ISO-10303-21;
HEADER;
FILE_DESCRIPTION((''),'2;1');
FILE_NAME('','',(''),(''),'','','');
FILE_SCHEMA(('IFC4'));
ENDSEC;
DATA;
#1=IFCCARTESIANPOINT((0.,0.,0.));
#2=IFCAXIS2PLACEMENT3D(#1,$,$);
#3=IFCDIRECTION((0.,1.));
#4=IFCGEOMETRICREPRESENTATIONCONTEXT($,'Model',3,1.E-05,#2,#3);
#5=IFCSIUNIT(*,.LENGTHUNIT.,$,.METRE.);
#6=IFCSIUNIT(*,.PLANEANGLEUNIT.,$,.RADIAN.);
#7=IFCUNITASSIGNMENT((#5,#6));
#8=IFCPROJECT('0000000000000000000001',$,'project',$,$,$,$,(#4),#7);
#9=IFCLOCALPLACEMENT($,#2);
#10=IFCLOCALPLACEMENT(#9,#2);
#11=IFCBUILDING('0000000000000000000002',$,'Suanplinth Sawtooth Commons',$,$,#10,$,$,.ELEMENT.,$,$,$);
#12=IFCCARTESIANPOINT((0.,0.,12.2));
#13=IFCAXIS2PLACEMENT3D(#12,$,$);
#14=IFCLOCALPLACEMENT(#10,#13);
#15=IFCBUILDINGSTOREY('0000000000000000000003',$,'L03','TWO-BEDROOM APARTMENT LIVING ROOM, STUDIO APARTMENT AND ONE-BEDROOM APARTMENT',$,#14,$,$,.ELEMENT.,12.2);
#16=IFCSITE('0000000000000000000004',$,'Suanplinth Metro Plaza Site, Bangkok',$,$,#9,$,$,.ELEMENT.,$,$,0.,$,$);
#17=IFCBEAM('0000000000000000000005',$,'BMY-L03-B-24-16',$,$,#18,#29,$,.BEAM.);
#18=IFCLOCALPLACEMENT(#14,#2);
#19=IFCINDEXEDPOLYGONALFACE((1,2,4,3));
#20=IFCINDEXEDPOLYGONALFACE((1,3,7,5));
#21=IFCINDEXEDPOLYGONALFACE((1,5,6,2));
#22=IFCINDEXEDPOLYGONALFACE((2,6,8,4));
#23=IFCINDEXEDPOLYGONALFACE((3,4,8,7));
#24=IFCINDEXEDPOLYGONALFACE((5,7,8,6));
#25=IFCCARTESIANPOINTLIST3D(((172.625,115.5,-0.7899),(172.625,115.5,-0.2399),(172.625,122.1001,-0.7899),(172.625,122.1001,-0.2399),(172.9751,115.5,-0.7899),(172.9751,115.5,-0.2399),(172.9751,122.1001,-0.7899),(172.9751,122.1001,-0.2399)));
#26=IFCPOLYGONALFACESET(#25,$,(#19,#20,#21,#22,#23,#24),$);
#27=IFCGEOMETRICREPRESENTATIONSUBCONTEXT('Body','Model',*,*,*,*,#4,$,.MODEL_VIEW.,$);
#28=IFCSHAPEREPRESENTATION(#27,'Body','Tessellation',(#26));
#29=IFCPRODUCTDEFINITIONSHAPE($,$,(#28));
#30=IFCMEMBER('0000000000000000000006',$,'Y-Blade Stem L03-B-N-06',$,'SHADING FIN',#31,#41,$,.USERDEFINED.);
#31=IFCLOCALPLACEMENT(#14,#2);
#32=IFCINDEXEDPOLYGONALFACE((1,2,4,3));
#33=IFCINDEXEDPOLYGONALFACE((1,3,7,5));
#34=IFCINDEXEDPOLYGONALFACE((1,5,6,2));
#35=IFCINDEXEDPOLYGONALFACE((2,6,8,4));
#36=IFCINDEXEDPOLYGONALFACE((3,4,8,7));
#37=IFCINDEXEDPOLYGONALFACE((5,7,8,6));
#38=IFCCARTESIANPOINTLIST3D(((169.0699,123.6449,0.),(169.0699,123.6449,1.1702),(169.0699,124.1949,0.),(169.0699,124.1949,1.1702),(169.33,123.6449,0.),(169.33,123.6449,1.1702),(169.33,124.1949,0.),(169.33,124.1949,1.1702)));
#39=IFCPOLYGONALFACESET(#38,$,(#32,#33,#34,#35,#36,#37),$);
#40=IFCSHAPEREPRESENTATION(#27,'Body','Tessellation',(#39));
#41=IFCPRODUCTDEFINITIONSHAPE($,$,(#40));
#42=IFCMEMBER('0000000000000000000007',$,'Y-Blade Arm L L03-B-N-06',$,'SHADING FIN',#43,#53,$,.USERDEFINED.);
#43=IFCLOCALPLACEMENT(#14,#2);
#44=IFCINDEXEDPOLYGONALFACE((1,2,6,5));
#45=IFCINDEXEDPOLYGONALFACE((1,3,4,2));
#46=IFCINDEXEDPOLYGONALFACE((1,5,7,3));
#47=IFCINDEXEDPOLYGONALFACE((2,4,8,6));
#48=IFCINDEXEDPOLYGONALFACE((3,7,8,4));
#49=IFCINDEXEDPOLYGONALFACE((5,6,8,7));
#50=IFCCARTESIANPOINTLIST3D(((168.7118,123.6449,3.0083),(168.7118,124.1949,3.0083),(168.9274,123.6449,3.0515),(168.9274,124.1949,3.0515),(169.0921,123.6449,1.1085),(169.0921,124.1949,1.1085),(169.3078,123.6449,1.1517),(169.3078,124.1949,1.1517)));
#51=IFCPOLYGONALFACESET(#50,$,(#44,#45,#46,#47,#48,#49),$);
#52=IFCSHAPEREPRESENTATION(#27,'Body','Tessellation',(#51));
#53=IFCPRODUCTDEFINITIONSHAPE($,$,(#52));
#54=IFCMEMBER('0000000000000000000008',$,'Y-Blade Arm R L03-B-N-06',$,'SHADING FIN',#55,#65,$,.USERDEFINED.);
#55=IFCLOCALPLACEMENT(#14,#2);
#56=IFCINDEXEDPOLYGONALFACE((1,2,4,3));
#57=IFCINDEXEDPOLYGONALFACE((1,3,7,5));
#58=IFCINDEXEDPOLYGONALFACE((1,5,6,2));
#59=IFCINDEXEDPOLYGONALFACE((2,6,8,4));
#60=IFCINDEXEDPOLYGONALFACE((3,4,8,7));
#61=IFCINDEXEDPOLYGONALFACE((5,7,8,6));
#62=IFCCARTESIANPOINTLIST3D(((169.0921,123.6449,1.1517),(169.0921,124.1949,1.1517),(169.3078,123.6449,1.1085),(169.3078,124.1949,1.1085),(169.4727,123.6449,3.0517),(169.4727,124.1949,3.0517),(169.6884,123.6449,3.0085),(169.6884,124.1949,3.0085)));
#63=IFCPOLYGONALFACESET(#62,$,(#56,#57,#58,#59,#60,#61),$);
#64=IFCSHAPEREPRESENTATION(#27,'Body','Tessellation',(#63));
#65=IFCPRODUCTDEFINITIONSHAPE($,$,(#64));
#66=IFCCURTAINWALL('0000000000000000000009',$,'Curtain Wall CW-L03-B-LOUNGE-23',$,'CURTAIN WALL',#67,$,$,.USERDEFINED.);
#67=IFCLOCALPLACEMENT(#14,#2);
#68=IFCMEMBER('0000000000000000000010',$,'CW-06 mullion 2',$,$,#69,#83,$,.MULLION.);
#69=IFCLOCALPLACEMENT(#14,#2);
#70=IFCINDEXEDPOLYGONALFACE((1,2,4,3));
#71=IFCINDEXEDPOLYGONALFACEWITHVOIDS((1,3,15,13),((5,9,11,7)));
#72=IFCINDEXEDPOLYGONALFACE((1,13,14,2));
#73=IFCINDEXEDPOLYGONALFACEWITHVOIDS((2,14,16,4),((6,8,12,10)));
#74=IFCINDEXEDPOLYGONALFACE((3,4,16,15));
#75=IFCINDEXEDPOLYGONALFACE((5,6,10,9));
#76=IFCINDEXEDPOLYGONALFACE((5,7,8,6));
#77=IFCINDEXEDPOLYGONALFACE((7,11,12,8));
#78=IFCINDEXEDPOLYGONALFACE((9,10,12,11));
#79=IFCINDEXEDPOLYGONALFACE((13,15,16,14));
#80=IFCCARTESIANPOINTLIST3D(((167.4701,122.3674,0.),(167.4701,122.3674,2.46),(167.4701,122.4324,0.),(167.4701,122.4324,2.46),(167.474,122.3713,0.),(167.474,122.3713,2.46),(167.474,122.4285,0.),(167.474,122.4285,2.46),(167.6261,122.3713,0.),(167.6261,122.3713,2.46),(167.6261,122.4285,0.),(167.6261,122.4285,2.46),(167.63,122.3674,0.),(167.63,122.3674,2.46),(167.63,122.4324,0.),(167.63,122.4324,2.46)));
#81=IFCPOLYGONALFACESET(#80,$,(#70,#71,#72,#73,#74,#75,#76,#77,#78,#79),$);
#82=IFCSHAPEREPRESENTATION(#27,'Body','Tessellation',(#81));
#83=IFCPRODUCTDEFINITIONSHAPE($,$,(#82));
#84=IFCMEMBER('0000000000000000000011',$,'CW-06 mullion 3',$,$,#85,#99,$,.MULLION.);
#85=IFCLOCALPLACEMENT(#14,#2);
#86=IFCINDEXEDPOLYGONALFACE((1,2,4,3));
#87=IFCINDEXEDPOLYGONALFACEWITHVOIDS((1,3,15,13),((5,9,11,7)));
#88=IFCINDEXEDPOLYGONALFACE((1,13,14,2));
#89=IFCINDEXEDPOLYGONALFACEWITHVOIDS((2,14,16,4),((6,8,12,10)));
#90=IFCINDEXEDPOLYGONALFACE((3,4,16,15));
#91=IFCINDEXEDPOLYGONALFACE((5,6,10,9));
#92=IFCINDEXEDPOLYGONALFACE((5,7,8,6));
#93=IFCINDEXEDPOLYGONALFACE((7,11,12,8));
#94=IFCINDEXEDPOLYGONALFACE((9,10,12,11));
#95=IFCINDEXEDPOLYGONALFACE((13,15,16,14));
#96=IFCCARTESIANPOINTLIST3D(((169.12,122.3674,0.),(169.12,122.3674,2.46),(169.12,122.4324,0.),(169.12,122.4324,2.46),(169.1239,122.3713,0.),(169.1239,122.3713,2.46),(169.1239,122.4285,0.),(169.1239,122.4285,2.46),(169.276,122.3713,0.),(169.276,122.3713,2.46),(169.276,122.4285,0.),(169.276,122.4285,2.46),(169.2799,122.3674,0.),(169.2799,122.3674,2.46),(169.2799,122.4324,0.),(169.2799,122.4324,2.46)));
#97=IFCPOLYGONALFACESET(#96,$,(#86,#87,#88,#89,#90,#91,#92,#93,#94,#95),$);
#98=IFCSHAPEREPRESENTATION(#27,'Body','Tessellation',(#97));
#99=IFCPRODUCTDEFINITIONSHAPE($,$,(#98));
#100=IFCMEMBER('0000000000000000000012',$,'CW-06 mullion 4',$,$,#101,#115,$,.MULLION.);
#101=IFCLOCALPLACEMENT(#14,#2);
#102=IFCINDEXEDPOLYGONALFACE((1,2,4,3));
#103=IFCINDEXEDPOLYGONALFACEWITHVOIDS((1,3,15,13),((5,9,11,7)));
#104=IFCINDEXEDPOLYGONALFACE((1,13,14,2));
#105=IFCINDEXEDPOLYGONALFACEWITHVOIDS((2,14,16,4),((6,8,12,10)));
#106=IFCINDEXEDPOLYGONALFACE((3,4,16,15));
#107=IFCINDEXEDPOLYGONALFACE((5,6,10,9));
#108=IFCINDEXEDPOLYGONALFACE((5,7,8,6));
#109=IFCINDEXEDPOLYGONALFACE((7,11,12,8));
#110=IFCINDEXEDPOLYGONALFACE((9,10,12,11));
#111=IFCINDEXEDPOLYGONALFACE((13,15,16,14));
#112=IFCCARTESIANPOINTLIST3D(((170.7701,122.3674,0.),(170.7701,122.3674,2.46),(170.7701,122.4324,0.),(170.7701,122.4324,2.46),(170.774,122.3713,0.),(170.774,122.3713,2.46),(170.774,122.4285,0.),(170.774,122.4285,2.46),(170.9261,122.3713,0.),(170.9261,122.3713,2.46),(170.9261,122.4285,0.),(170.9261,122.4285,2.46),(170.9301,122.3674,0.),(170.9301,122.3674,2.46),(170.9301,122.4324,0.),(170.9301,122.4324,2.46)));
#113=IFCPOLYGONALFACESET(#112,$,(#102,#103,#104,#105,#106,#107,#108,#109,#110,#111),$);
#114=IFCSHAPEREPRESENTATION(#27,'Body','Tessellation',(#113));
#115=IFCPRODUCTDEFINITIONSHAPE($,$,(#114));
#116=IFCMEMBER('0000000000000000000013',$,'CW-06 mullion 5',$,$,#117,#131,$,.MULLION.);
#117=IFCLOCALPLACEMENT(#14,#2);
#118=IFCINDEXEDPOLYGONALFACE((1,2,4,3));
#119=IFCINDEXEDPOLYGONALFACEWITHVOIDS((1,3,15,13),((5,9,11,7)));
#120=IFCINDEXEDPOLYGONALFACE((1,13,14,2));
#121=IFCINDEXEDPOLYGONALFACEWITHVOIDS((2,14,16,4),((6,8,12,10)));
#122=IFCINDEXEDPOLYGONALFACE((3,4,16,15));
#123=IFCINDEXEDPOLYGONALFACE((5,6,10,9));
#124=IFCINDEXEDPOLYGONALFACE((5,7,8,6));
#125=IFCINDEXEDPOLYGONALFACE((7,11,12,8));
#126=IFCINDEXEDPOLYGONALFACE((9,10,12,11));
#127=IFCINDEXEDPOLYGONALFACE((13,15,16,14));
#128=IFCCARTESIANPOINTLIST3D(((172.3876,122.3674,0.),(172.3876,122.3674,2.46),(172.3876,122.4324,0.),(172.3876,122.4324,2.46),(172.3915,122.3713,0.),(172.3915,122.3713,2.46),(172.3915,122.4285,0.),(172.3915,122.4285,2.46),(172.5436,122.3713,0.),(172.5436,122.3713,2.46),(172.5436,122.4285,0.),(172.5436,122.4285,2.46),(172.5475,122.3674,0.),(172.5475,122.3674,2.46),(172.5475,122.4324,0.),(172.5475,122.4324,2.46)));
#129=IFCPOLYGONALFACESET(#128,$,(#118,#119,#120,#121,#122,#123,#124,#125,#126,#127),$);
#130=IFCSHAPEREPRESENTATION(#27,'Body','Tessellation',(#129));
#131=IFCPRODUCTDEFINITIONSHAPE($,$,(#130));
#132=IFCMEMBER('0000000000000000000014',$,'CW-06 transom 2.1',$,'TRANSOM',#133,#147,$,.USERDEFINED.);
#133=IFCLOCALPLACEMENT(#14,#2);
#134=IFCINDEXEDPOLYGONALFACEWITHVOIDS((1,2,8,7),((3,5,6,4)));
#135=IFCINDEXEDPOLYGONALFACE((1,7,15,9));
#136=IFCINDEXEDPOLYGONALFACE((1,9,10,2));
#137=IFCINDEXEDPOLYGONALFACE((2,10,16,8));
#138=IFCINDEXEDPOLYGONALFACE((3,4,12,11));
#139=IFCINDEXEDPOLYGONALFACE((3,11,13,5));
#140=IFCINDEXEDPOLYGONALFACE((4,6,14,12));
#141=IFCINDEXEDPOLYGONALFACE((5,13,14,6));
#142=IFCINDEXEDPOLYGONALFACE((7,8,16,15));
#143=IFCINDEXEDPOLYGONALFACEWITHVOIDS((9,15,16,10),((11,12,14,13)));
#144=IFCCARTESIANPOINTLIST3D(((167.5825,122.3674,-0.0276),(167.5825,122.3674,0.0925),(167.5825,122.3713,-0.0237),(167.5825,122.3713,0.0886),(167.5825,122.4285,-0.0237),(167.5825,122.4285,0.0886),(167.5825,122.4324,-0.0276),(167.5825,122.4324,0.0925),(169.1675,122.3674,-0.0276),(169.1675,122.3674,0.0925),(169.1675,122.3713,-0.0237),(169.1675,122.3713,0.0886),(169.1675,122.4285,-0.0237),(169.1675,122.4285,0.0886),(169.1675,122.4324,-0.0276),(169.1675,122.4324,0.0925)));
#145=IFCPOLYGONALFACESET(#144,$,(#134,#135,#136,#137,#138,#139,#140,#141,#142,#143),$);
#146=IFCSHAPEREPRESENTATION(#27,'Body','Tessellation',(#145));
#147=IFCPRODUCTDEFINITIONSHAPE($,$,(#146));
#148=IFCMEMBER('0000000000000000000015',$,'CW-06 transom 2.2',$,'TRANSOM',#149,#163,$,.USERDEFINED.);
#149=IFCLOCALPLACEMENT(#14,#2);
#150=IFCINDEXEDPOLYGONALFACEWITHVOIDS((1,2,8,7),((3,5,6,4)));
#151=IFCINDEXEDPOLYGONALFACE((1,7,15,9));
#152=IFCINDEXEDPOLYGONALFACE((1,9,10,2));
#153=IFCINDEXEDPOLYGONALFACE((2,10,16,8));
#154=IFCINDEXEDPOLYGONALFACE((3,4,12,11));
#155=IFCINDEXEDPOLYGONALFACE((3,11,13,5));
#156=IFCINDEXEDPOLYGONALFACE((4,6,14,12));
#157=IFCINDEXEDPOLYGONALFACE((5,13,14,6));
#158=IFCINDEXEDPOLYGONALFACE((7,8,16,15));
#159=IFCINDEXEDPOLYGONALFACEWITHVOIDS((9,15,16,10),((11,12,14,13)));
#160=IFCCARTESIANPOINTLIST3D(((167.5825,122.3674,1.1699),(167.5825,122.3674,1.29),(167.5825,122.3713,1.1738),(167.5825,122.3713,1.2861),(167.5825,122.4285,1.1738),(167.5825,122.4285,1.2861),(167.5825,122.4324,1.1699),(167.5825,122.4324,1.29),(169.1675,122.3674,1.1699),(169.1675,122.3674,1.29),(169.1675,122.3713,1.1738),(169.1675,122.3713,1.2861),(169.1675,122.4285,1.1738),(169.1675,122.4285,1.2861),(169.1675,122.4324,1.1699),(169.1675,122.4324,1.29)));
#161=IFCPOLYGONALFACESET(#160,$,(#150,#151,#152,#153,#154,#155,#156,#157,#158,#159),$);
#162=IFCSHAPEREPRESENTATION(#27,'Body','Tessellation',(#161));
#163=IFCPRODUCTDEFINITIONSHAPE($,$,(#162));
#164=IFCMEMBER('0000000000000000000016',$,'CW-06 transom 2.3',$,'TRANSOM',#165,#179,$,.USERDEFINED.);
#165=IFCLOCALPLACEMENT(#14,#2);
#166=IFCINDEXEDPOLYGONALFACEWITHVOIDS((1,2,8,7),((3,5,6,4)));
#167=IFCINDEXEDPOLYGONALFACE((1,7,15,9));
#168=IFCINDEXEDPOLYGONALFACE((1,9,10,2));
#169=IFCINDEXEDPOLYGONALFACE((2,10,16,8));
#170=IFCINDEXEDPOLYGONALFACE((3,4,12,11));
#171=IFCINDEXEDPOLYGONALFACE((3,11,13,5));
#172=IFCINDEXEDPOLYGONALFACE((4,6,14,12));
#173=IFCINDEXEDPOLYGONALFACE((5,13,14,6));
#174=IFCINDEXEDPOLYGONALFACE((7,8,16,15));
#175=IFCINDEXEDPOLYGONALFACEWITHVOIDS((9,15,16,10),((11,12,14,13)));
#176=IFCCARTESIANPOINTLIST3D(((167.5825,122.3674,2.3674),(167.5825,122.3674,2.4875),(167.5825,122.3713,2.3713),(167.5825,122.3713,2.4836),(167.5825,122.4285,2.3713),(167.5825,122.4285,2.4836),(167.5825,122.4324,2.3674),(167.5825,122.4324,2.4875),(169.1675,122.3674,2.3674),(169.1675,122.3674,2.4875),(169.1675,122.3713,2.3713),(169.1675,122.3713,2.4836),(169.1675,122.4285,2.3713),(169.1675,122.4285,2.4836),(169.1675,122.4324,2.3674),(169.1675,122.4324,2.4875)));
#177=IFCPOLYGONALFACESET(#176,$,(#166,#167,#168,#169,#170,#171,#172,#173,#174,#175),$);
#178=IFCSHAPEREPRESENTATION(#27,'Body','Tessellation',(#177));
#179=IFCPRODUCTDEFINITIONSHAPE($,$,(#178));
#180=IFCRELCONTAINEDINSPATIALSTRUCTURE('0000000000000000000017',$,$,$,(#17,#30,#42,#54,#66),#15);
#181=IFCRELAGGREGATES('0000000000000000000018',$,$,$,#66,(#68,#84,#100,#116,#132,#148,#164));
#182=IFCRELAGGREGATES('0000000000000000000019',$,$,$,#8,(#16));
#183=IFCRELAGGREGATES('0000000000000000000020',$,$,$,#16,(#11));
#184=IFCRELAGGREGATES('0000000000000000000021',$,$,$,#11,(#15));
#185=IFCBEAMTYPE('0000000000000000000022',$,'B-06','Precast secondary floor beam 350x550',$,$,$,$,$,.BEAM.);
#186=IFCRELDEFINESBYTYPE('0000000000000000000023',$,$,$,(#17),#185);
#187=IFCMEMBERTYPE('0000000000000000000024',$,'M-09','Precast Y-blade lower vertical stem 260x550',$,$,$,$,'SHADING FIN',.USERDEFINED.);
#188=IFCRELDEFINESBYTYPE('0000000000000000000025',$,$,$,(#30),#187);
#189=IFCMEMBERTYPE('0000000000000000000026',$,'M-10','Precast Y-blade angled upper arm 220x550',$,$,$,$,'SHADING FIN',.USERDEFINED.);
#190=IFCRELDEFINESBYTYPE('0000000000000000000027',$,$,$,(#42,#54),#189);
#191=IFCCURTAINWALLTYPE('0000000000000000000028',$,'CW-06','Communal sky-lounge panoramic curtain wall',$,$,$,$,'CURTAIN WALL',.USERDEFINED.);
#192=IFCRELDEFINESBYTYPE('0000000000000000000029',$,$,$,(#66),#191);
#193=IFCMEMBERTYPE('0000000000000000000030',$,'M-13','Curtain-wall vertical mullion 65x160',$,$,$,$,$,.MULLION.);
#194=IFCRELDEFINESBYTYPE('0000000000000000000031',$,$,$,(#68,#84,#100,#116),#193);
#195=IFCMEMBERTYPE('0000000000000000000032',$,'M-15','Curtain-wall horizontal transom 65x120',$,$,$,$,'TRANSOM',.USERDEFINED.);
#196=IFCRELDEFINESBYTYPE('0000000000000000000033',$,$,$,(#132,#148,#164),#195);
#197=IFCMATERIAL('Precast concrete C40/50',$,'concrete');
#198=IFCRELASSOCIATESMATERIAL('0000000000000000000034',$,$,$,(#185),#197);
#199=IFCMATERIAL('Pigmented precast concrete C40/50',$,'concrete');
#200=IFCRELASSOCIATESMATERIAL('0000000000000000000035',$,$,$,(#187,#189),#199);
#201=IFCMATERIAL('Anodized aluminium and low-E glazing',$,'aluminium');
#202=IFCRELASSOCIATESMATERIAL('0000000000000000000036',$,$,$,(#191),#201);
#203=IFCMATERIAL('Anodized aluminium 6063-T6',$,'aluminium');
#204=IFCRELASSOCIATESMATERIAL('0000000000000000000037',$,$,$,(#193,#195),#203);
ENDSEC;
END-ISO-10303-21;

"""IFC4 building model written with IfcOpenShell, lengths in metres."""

from ifc_helpers import new_model, si_unit, direction, frame, origin, origin_2d, place, context, subcontext, project, spatial, rectangle, hollow_rectangle, extrude, material, material_profile, profile_set, type_object, element, aggregate, save


model = new_model("IFC4")

# Units and contexts
model_context = context("Model", 3, precision=1e-05, world=origin(), true_north=direction((0.0, 1.0)))
body_context = subcontext(model_context, "Body", "Model", "MODEL_VIEW")
ifc_project = project(units=[si_unit("LENGTHUNIT", "METRE"), si_unit("PLANEANGLEUNIT", "RADIAN")], contexts=[model_context])

# Site, building, storey
site_placement = place(None, origin())
site = spatial("IfcSite", under=ifc_project, at=site_placement, Name="Suanplinth Metro Plaza Site, Bangkok", CompositionType="ELEMENT", RefElevation=0.0)
building_placement = place(site_placement, origin())
building = spatial("IfcBuilding", under=site, at=building_placement, Name="Suanplinth Sawtooth Commons", CompositionType="ELEMENT")
storey_placement = place(building_placement, frame((0.0, 0.0, 12.2)))
storey = spatial("IfcBuildingStorey", under=building, at=storey_placement, Name="L03", Description="TWO-BEDROOM APARTMENT LIVING ROOM, STUDIO APARTMENT AND ONE-BEDROOM APARTMENT", CompositionType="ELEMENT", Elevation=12.2)

# Beam
ifc_material_1 = material(Name="Precast concrete C40/50", Category="concrete")
ifc_material_profile_1 = material_profile(ifc_material_1, rectangle(XDim=0.3501, YDim=0.55, at=origin_2d()), Name="PC-BM 350x550")
ifc_profile_set_1 = profile_set([ifc_material_profile_1], Name="Precast concrete C40/50")
beam_type = type_object("IfcBeamType", Name="B-06", Description="Precast secondary floor beam 350x550", PredefinedType="BEAM", material=ifc_profile_set_1)
beam_placement = place(storey_placement, frame((172.8, 115.5, -0.5149), z_axis=(0.0, 1.0, 0.0), x_axis=(-1.0, 0.0, 0.0)))
element("IfcBeam", 1, at=beam_placement, inside=storey, type_object=beam_type, Name="BMY-L03-B-24-16", PredefinedType="BEAM", context=body_context, shape_type="SweptSolid", body=[
    extrude(rectangle(XDim=0.3501, YDim=0.55, at=origin_2d()), origin(), (0.0, 0.0, 1.0), 6.6001),
])

# Members
ifc_material_2 = material(Name="Pigmented precast concrete C40/50", Category="concrete")
ifc_material_profile_2 = material_profile(ifc_material_2, rectangle(XDim=0.26, YDim=0.55, at=origin_2d()), Name="PC-FIN 260x550")
ifc_profile_set_2 = profile_set([ifc_material_profile_2], Name="Pigmented precast concrete C40/50")
member_type_1 = type_object("IfcMemberType", Name="M-09", Description="Precast Y-blade lower vertical stem 260x550", ElementType="SHADING FIN", PredefinedType="USERDEFINED", material=ifc_profile_set_2)
member_1_placement = place(storey_placement, frame((169.2, 123.9199, 0.0), z_axis=(0.0, 0.0, 1.0), x_axis=(1.0, 0.0, 0.0)))
element("IfcMember", 2, at=member_1_placement, inside=storey, type_object=member_type_1, Name="Y-Blade Stem L03-B-N-06", ObjectType="SHADING FIN", PredefinedType="USERDEFINED", context=body_context, shape_type="SweptSolid", body=[
    extrude(rectangle(XDim=0.26, YDim=0.55, at=origin_2d()), origin(), (0.0, 0.0, 1.0), 1.1702),
])
ifc_material_profile_3 = material_profile(ifc_material_2, rectangle(XDim=0.22, YDim=0.55, at=origin_2d()), Name="PC-FIN 220x550")
ifc_profile_set_3 = profile_set([ifc_material_profile_3], Name="Pigmented precast concrete C40/50")
member_type_2 = type_object("IfcMemberType", Name="M-10", Description="Precast Y-blade angled upper arm 220x550", ElementType="SHADING FIN", PredefinedType="USERDEFINED", material=ifc_profile_set_3)
member_2_placement = place(storey_placement, frame((169.2, 123.9199, 1.1301), z_axis=(-0.19631, 0.0, 0.980542), x_axis=(0.980542, 0.0, 0.19631)))
element("IfcMember", 3, at=member_2_placement, inside=storey, type_object=member_type_2, Name="Y-Blade Arm L L03-B-N-06", ObjectType="SHADING FIN", PredefinedType="USERDEFINED", context=body_context, shape_type="SweptSolid", body=[
    extrude(rectangle(XDim=0.22, YDim=0.55, at=origin_2d()), origin(), (0.0, 0.0, 1.0), 1.9375),
])
member_3_placement = place(storey_placement, frame((169.2, 123.9199, 1.1301), z_axis=(0.196431, 0.0, 0.980518), x_axis=(-0.980518, 0.0, 0.196431)))
element("IfcMember", 4, at=member_3_placement, inside=storey, type_object=member_type_2, Name="Y-Blade Arm R L03-B-N-06", ObjectType="SHADING FIN", PredefinedType="USERDEFINED", context=body_context, shape_type="SweptSolid", body=[
    extrude(rectangle(XDim=0.22, YDim=0.55, at=origin_2d()), origin(), (0.0, 0.0, 1.0), 1.9377),
])

# Curtain wall, members
ifc_material_3 = material(Name="Anodized aluminium and low-E glazing", Category="aluminium")
curtain_wall_type = type_object("IfcCurtainWallType", Name="CW-06", Description="Communal sky-lounge panoramic curtain wall", ElementType="CURTAIN WALL", PredefinedType="USERDEFINED", material=ifc_material_3)
curtain_wall_placement = place(storey_placement, origin())
curtain_wall = element("IfcCurtainWall", 5, at=curtain_wall_placement, inside=storey, type_object=curtain_wall_type, Name="Curtain Wall CW-L03-B-LOUNGE-23", ObjectType="CURTAIN WALL", PredefinedType="USERDEFINED")
ifc_material_4 = material(Name="Anodized aluminium 6063-T6", Category="aluminium")
ifc_material_profile_4 = material_profile(ifc_material_4, hollow_rectangle(XDim=0.0649, YDim=0.1599, WallThickness=0.0039, at=origin_2d()), Name="ALU-MUL 65x160")
ifc_profile_set_4 = profile_set([ifc_material_profile_4], Name="Anodized aluminium 6063-T6")
member_type_3 = type_object("IfcMemberType", Name="M-13", Description="Curtain-wall vertical mullion 65x160", PredefinedType="MULLION", material=ifc_profile_set_4)
member_4_placement = place(storey_placement, frame((167.55, 122.3999, 0.0), z_axis=(0.0, 0.0, 1.0), x_axis=(0.0, 1.0, 0.0)))
member_4 = element("IfcMember", 6, at=member_4_placement, type_object=member_type_3, Name="CW-06 mullion 2", PredefinedType="MULLION", context=body_context, shape_type="SweptSolid", body=[
    extrude(hollow_rectangle(XDim=0.0649, YDim=0.1599, WallThickness=0.0039, at=origin_2d()), origin(), (0.0, 0.0, 1.0), 2.46),
])
member_5_placement = place(storey_placement, frame((169.2, 122.3999, 0.0), z_axis=(0.0, 0.0, 1.0), x_axis=(0.0, 1.0, 0.0)))
member_5 = element("IfcMember", 7, at=member_5_placement, type_object=member_type_3, Name="CW-06 mullion 3", PredefinedType="MULLION", context=body_context, shape_type="SweptSolid", body=[
    extrude(hollow_rectangle(XDim=0.0649, YDim=0.1599, WallThickness=0.0039, at=origin_2d()), origin(), (0.0, 0.0, 1.0), 2.46),
])
member_6_placement = place(storey_placement, frame((170.8501, 122.3999, 0.0), z_axis=(0.0, 0.0, 1.0), x_axis=(0.0, 1.0, 0.0)))
member_6 = element("IfcMember", 8, at=member_6_placement, type_object=member_type_3, Name="CW-06 mullion 4", PredefinedType="MULLION", context=body_context, shape_type="SweptSolid", body=[
    extrude(hollow_rectangle(XDim=0.0649, YDim=0.1599, WallThickness=0.0039, at=origin_2d()), origin(), (0.0, 0.0, 1.0), 2.46),
])
member_7_placement = place(storey_placement, frame((172.4675, 122.3999, 0.0), z_axis=(0.0, 0.0, 1.0), x_axis=(0.0, 1.0, 0.0)))
member_7 = element("IfcMember", 9, at=member_7_placement, type_object=member_type_3, Name="CW-06 mullion 5", PredefinedType="MULLION", context=body_context, shape_type="SweptSolid", body=[
    extrude(hollow_rectangle(XDim=0.0649, YDim=0.1599, WallThickness=0.0039, at=origin_2d()), origin(), (0.0, 0.0, 1.0), 2.46),
])
ifc_material_profile_5 = material_profile(ifc_material_4, hollow_rectangle(XDim=0.0649, YDim=0.1201, WallThickness=0.0039, at=origin_2d()), Name="ALU-TRN 65x120")
ifc_profile_set_5 = profile_set([ifc_material_profile_5], Name="Anodized aluminium 6063-T6")
member_type_4 = type_object("IfcMemberType", Name="M-15", Description="Curtain-wall horizontal transom 65x120", ElementType="TRANSOM", PredefinedType="USERDEFINED", material=ifc_profile_set_5)
member_8_placement = place(storey_placement, frame((167.5825, 122.3999, 0.0325), z_axis=(1.0, 0.0, 0.0), x_axis=(0.0, 1.0, 0.0)))
member_8 = element("IfcMember", 10, at=member_8_placement, type_object=member_type_4, Name="CW-06 transom 2.1", ObjectType="TRANSOM", PredefinedType="USERDEFINED", context=body_context, shape_type="SweptSolid", body=[
    extrude(hollow_rectangle(XDim=0.0649, YDim=0.1201, WallThickness=0.0039, at=origin_2d()), origin(), (0.0, 0.0, 1.0), 1.585),
])
member_9_placement = place(storey_placement, frame((167.5825, 122.3999, 1.23), z_axis=(1.0, 0.0, 0.0), x_axis=(0.0, 1.0, 0.0)))
member_9 = element("IfcMember", 11, at=member_9_placement, type_object=member_type_4, Name="CW-06 transom 2.2", ObjectType="TRANSOM", PredefinedType="USERDEFINED", context=body_context, shape_type="SweptSolid", body=[
    extrude(hollow_rectangle(XDim=0.0649, YDim=0.1201, WallThickness=0.0039, at=origin_2d()), origin(), (0.0, 0.0, 1.0), 1.585),
])
member_10_placement = place(storey_placement, frame((167.5825, 122.3999, 2.4275), z_axis=(1.0, 0.0, 0.0), x_axis=(0.0, 1.0, 0.0)))
member_10 = element("IfcMember", 12, at=member_10_placement, type_object=member_type_4, Name="CW-06 transom 2.3", ObjectType="TRANSOM", PredefinedType="USERDEFINED", context=body_context, shape_type="SweptSolid", body=[
    extrude(hollow_rectangle(XDim=0.0649, YDim=0.1201, WallThickness=0.0039, at=origin_2d()), origin(), (0.0, 0.0, 1.0), 1.585),
])

aggregate(curtain_wall, [member_4, member_5, member_6, member_7, member_8, member_9, member_10])

save(model, "model.ifc")
